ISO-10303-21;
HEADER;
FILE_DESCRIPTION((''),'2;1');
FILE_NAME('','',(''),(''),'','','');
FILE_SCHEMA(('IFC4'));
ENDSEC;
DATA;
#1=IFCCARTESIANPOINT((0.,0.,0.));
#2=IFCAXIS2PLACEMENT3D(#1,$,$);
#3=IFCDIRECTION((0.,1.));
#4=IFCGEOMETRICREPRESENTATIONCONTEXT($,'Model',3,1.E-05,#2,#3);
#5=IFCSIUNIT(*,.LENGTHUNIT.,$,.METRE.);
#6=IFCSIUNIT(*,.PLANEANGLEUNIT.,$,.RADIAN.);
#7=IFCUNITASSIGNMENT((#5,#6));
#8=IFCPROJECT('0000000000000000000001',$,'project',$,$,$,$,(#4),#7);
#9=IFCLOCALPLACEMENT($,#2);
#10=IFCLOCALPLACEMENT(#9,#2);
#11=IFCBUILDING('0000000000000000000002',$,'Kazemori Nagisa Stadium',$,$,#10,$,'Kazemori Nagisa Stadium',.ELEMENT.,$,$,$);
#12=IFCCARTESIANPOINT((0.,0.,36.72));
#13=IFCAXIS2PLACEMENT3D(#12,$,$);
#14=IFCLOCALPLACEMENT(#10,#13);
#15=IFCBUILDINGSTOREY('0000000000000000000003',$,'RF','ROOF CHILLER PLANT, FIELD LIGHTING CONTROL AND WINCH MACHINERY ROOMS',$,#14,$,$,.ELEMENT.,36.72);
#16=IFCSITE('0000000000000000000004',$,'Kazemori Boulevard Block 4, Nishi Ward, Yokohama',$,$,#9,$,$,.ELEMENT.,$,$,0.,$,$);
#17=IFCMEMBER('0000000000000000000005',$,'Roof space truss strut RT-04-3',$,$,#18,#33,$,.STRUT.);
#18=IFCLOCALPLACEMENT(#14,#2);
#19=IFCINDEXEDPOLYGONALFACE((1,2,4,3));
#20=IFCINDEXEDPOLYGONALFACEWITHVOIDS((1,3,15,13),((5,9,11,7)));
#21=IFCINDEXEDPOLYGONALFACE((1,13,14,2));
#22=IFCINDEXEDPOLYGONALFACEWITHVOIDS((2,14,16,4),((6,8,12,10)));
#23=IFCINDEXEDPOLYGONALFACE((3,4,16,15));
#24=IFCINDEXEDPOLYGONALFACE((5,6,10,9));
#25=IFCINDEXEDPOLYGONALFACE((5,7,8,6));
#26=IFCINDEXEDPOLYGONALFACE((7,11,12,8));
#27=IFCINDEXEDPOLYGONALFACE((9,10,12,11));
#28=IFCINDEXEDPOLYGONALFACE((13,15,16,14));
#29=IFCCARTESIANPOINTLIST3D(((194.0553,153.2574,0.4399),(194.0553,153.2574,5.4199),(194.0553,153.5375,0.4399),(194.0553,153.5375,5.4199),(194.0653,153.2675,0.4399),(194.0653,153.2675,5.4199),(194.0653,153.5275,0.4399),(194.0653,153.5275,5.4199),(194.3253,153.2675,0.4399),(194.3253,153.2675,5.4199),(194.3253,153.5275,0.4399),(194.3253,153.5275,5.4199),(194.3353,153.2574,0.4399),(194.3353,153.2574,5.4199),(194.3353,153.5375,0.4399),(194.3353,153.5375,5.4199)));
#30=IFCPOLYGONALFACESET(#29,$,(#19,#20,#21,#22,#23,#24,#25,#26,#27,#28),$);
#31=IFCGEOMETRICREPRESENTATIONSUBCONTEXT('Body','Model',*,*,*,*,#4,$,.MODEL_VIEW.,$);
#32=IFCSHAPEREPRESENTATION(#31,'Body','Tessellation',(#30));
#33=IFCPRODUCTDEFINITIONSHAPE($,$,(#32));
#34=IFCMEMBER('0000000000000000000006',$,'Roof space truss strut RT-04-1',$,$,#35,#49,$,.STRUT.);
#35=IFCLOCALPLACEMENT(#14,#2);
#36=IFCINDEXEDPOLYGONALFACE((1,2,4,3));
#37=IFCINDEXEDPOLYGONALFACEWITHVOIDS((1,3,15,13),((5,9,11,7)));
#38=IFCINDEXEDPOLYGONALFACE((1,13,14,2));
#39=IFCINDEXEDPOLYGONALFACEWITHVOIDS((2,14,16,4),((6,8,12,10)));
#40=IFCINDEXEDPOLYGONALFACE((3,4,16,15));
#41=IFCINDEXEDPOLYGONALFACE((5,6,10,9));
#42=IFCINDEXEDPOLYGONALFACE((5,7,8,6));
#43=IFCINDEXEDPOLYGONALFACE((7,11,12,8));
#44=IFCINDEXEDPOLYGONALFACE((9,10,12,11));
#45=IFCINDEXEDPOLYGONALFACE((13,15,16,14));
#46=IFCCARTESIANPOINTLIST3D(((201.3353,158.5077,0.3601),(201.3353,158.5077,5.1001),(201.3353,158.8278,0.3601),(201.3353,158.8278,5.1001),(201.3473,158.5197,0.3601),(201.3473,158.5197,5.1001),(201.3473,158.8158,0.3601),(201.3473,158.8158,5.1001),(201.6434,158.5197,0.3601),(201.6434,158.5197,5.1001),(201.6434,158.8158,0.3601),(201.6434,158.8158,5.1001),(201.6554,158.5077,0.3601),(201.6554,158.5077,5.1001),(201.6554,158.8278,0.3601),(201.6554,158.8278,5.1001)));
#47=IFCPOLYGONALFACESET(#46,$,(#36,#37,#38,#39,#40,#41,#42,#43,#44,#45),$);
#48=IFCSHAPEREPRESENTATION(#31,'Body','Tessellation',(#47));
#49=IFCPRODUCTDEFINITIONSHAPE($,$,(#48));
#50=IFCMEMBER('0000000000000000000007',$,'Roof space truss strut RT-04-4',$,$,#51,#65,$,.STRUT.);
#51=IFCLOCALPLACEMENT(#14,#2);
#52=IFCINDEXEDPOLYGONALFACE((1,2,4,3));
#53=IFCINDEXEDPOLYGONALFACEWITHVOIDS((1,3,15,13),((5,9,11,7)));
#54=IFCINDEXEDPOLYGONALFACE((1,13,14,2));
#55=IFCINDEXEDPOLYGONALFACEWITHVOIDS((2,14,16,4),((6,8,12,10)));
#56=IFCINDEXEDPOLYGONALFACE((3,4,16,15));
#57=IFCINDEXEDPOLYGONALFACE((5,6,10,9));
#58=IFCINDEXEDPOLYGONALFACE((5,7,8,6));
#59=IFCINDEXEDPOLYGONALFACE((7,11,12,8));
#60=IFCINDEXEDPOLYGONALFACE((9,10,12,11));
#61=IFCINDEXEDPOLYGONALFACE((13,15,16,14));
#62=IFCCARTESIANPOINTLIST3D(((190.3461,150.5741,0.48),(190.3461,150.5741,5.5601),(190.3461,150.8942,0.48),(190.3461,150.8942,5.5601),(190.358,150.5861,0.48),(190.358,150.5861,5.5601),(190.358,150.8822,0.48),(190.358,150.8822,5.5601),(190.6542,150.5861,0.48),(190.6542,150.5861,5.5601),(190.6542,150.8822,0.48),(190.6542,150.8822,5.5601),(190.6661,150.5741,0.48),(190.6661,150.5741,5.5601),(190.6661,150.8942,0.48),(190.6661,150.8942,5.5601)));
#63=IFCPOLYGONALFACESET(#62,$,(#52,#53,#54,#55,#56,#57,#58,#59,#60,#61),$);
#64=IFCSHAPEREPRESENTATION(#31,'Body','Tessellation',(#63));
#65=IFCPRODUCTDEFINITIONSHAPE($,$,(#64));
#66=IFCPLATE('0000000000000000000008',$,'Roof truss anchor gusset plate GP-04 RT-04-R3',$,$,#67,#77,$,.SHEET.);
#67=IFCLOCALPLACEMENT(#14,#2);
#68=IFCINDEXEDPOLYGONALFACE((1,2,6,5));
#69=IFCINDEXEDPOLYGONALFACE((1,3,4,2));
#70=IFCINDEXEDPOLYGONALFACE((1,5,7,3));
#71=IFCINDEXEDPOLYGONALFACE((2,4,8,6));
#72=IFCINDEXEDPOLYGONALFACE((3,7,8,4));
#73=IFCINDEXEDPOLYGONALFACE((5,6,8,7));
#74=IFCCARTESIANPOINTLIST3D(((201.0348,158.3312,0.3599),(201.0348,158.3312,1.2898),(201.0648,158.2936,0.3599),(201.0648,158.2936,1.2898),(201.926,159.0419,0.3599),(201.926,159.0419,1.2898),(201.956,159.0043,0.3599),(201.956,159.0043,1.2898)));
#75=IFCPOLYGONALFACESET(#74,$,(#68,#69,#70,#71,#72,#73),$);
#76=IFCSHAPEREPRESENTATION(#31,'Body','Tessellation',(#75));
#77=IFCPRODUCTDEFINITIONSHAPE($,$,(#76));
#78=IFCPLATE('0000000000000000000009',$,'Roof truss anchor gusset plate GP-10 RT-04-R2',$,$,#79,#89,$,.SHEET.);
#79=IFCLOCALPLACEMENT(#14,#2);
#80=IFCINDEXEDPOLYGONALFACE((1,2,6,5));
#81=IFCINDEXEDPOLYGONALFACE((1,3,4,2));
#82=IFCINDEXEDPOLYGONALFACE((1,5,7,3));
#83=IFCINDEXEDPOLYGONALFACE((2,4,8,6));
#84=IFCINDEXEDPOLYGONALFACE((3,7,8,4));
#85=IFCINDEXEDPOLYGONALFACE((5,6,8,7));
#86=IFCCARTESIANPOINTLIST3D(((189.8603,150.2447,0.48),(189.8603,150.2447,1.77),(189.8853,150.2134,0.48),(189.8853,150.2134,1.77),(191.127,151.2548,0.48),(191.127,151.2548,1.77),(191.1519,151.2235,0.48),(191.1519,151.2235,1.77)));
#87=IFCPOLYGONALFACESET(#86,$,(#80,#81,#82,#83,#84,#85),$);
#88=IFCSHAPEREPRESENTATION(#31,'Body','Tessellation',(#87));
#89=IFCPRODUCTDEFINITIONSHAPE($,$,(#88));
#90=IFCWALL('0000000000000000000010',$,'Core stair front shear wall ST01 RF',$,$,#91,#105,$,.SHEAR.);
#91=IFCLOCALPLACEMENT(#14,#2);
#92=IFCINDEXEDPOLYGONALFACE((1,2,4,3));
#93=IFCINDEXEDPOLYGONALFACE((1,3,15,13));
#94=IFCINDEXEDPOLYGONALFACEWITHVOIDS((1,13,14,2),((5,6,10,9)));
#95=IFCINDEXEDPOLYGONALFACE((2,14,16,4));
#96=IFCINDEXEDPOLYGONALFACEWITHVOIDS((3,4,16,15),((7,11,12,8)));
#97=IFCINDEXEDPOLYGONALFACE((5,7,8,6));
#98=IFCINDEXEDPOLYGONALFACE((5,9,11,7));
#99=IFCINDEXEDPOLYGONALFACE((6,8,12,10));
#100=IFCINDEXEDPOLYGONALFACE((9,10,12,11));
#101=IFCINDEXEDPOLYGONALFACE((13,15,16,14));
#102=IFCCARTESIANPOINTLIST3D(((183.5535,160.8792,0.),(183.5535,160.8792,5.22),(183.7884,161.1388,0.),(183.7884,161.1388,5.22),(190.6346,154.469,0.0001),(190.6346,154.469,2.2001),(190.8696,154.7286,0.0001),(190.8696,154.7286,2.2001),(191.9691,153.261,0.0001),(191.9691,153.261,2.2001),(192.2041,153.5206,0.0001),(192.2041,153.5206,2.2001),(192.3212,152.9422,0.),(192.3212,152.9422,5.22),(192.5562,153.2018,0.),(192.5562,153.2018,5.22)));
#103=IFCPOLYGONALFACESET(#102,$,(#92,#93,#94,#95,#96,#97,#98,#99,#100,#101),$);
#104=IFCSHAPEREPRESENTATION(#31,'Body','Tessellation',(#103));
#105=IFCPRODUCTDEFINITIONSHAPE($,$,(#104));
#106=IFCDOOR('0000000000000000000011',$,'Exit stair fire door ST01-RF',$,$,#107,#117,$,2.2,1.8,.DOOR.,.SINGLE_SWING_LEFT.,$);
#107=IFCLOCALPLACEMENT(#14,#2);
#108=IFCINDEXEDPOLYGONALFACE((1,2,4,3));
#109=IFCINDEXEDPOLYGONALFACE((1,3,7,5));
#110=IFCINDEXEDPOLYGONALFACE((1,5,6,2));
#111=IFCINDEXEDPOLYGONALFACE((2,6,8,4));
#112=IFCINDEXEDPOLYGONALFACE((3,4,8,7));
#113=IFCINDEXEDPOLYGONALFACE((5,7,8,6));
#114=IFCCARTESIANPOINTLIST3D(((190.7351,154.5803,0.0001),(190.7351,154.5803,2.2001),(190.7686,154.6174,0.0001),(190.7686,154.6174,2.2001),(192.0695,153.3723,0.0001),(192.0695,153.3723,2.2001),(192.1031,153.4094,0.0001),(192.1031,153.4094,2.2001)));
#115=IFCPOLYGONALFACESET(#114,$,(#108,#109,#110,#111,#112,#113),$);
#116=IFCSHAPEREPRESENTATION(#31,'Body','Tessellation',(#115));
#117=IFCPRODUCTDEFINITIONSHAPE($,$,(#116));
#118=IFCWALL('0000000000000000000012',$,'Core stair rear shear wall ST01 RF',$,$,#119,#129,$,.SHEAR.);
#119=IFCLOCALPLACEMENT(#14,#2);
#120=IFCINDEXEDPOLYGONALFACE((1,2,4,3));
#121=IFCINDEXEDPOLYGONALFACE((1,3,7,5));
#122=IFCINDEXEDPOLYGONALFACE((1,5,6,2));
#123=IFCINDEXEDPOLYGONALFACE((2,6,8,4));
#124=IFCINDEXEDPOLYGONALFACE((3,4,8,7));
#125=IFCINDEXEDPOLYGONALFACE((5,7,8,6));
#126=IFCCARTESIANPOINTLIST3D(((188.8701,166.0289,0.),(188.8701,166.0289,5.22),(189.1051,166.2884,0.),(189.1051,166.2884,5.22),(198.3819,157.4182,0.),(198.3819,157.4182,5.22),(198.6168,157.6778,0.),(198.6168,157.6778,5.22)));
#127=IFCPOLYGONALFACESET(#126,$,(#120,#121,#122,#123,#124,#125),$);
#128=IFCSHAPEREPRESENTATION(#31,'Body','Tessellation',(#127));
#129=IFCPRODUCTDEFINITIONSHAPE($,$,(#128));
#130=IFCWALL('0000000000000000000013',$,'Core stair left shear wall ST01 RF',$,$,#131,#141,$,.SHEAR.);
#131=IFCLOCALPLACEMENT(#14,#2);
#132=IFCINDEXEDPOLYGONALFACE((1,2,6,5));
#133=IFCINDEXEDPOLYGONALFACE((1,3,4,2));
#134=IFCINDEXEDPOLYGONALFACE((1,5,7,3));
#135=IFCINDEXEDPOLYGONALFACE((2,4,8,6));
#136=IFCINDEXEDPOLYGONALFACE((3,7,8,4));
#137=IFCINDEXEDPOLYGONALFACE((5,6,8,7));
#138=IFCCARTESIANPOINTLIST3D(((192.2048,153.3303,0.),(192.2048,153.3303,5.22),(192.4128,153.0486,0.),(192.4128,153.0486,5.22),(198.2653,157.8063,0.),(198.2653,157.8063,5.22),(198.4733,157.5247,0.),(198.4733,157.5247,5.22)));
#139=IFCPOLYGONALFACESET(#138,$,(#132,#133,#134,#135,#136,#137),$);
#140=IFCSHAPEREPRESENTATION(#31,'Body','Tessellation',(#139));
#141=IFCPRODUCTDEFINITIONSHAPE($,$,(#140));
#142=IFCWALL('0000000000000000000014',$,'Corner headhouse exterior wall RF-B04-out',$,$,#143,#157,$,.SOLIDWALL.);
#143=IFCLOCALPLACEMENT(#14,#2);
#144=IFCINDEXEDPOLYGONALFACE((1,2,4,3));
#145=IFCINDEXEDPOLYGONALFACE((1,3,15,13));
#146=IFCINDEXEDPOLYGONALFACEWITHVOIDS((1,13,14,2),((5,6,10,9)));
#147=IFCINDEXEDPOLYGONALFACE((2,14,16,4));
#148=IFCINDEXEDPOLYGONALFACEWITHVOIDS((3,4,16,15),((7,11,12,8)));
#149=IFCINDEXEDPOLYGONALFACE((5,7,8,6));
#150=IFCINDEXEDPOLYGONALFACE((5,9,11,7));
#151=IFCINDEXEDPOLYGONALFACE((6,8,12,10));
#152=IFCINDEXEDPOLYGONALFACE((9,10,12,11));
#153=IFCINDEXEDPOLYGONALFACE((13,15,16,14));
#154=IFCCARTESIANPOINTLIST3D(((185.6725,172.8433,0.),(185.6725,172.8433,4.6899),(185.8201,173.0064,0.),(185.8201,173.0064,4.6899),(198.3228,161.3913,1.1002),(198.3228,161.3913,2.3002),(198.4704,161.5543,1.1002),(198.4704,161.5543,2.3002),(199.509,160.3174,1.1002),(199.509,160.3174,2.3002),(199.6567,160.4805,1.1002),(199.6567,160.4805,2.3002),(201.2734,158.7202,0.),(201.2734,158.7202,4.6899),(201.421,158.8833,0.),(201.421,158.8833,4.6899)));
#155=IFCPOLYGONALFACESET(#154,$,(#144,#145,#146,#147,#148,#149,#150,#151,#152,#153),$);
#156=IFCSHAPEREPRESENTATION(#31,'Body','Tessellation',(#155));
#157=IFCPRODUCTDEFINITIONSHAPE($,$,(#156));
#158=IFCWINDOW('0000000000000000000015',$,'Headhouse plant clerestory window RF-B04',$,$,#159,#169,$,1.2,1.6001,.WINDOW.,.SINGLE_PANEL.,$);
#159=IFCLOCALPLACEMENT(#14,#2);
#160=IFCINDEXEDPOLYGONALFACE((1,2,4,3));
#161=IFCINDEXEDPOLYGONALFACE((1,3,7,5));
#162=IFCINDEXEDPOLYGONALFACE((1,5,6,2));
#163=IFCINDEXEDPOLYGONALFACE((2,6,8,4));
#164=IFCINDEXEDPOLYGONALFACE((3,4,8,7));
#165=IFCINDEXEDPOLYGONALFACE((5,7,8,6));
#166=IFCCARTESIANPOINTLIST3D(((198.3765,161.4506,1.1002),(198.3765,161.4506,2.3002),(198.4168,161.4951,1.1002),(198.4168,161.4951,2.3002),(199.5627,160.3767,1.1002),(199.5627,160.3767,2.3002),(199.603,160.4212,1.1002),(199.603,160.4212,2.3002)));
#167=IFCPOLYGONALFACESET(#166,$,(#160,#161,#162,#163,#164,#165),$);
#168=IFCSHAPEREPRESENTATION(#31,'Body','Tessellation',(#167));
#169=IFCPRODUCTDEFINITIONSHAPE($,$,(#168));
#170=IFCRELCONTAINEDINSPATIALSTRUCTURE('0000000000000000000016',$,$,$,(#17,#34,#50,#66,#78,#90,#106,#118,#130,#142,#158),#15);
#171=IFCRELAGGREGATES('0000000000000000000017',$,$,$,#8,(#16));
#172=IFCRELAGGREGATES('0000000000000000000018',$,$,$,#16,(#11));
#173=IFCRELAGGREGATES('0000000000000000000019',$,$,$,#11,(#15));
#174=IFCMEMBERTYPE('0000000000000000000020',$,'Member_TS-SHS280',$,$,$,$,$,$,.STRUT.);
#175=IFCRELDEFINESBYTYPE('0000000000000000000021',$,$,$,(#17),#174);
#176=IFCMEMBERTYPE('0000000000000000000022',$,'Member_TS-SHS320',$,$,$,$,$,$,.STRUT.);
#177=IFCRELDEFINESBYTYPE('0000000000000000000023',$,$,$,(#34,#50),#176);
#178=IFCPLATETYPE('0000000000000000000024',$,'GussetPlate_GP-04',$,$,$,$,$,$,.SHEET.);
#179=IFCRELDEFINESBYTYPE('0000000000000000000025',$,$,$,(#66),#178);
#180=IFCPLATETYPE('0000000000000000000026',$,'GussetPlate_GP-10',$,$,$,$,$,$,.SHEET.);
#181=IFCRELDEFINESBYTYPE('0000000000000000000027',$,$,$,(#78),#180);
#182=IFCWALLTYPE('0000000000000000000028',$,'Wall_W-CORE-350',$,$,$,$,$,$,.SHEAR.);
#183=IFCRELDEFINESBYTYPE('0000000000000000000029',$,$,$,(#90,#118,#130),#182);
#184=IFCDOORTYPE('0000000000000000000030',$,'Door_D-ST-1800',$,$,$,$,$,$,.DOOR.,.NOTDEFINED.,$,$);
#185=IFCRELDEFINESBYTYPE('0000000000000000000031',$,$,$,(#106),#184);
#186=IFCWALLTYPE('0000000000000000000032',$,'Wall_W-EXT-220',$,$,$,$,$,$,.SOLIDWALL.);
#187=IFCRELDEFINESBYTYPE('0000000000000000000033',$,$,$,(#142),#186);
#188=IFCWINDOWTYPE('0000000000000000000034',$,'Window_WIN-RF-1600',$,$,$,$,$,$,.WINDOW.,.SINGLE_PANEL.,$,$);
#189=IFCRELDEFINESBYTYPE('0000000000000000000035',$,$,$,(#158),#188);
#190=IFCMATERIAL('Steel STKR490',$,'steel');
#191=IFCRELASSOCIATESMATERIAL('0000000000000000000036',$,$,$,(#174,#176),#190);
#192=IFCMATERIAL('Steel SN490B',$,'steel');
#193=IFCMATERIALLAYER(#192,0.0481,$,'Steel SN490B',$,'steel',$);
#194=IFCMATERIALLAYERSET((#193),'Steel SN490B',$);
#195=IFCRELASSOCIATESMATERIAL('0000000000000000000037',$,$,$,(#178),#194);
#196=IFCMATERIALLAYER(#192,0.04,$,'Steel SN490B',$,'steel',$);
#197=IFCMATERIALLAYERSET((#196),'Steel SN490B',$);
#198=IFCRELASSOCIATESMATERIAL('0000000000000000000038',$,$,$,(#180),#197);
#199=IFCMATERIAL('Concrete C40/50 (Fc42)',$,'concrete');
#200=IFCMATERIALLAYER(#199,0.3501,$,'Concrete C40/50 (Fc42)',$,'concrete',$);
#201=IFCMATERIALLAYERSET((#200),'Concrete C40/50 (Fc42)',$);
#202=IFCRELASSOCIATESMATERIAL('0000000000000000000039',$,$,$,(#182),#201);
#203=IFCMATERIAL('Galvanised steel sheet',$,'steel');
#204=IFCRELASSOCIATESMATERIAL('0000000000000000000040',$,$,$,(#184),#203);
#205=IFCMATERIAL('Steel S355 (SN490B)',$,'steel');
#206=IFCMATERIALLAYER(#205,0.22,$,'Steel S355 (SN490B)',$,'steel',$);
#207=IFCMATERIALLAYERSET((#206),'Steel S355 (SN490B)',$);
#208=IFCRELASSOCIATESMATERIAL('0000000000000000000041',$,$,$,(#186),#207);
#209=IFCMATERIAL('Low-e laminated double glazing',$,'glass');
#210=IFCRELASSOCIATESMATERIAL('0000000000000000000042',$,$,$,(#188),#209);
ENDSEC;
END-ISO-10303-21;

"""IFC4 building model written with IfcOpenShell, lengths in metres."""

from ifc_helpers import new_model, si_unit, direction, frame, frame_2d, origin, origin_2d, place, context, subcontext, project, spatial, rectangle, hollow_rectangle, extrude, material, layer, layer_set, material_profile, profile_set, type_object, element, fill, save


model = new_model("IFC4")

# Units and contexts
model_context = context("Model", 3, precision=1e-05, world=origin(), true_north=direction((0.0, 1.0)))
body_context = subcontext(model_context, "Body", "Model", "MODEL_VIEW")
ifc_project = project(units=[si_unit("LENGTHUNIT", "METRE"), si_unit("PLANEANGLEUNIT", "RADIAN")], contexts=[model_context])

# Site, building, storey
site_placement = place(None, origin())
site = spatial("IfcSite", under=ifc_project, at=site_placement, Name="Kazemori Boulevard Block 4, Nishi Ward, Yokohama", CompositionType="ELEMENT", RefElevation=0.0)
building_placement = place(site_placement, origin())
building = spatial("IfcBuilding", under=site, at=building_placement, Name="Kazemori Nagisa Stadium", LongName="Kazemori Nagisa Stadium", CompositionType="ELEMENT")
storey_placement = place(building_placement, frame((0.0, 0.0, 36.72)))
storey = spatial("IfcBuildingStorey", under=building, at=storey_placement, Name="RF", Description="ROOF CHILLER PLANT, FIELD LIGHTING CONTROL AND WINCH MACHINERY ROOMS", CompositionType="ELEMENT", Elevation=36.72)

# Shared definitions
ifc_material_1 = material(Name="Steel SN490B", Category="steel")

# Members
ifc_material_2 = material(Name="Steel STKR490", Category="steel")
ifc_material_profile_1 = material_profile(ifc_material_2, hollow_rectangle(XDim=0.28, YDim=0.28, WallThickness=0.01, at=origin_2d()), Name="SHS-280x280x10")
ifc_profile_set_1 = profile_set([ifc_material_profile_1], Name="Steel STKR490")
member_type_1 = type_object("IfcMemberType", Name="Member_TS-SHS280", PredefinedType="STRUT", material=ifc_profile_set_1)
member_1_placement = place(storey_placement, frame((194.1953, 153.3975, 0.4399), z_axis=(0.0, 0.0, 1.0), x_axis=(1.0, 0.0, 0.0)))
element("IfcMember", 1, at=member_1_placement, inside=storey, type_object=member_type_1, Name="Roof space truss strut RT-04-3", PredefinedType="STRUT", context=body_context, shape_type="SweptSolid", body=[
    extrude(hollow_rectangle(XDim=0.28, YDim=0.28, WallThickness=0.01, at=origin_2d()), origin(), (0.0, 0.0, 1.0), 4.98),
])
ifc_material_profile_2 = material_profile(ifc_material_2, hollow_rectangle(XDim=0.3201, YDim=0.3201, WallThickness=0.012, at=origin_2d()), Name="SHS-320x320x12")
ifc_profile_set_2 = profile_set([ifc_material_profile_2], Name="Steel STKR490")
member_type_2 = type_object("IfcMemberType", Name="Member_TS-SHS320", PredefinedType="STRUT", material=ifc_profile_set_2)
member_2_placement = place(storey_placement, frame((201.4954, 158.6677, 0.3601), z_axis=(0.0, 0.0, 1.0), x_axis=(1.0, 0.0, 0.0)))
element("IfcMember", 2, at=member_2_placement, inside=storey, type_object=member_type_2, Name="Roof space truss strut RT-04-1", PredefinedType="STRUT", context=body_context, shape_type="SweptSolid", body=[
    extrude(hollow_rectangle(XDim=0.3201, YDim=0.3201, WallThickness=0.012, at=origin_2d()), origin(), (0.0, 0.0, 1.0), 4.74),
])
member_3_placement = place(storey_placement, frame((190.5061, 150.7341, 0.48), z_axis=(0.0, 0.0, 1.0), x_axis=(1.0, 0.0, 0.0)))
element("IfcMember", 3, at=member_3_placement, inside=storey, type_object=member_type_2, Name="Roof space truss strut RT-04-4", PredefinedType="STRUT", context=body_context, shape_type="SweptSolid", body=[
    extrude(hollow_rectangle(XDim=0.3201, YDim=0.3201, WallThickness=0.012, at=origin_2d()), origin(), (0.0, 0.0, 1.0), 5.0801),
])

# Plates
ifc_layer_1 = layer(ifc_material_1, 0.0481, Name="Steel SN490B", Category="steel")
ifc_layer_set_1 = layer_set([ifc_layer_1], Name="Steel SN490B")
plate_type_1 = type_object("IfcPlateType", Name="GussetPlate_GP-04", PredefinedType="SHEET", material=ifc_layer_set_1)
plate_1_placement = place(storey_placement, frame((201.4954, 158.6677, 0.3599), z_axis=(0.0, 0.0, 1.0), x_axis=(0.781831, 0.62349, 0.0)))
element("IfcPlate", 4, at=plate_1_placement, inside=storey, type_object=plate_type_1, Name="Roof truss anchor gusset plate GP-04 RT-04-R3", PredefinedType="SHEET", context=body_context, shape_type="SweptSolid", body=[
    extrude(rectangle(XDim=1.1399, YDim=0.0481, at=origin_2d()), origin(), (0.0, 0.0, 1.0), 0.9299),
])
ifc_layer_2 = layer(ifc_material_1, 0.04, Name="Steel SN490B", Category="steel")
ifc_layer_set_2 = layer_set([ifc_layer_2], Name="Steel SN490B")
plate_type_2 = type_object("IfcPlateType", Name="GussetPlate_GP-10", PredefinedType="SHEET", material=ifc_layer_set_2)
plate_2_placement = place(storey_placement, frame((190.5061, 150.7341, 0.48), z_axis=(0.0, 0.0, 1.0), x_axis=(0.781831, 0.62349, 0.0)))
element("IfcPlate", 5, at=plate_2_placement, inside=storey, type_object=plate_type_2, Name="Roof truss anchor gusset plate GP-10 RT-04-R2", PredefinedType="SHEET", context=body_context, shape_type="SweptSolid", body=[
    extrude(rectangle(XDim=1.6201, YDim=0.04, at=origin_2d()), origin(), (0.0, 0.0, 1.0), 1.29),
])

# Wall, opening, door
ifc_material_3 = material(Name="Concrete C40/50 (Fc42)", Category="concrete")
ifc_layer_3 = layer(ifc_material_3, 0.3501, Name="Concrete C40/50 (Fc42)", Category="concrete")
ifc_layer_set_3 = layer_set([ifc_layer_3], Name="Concrete C40/50 (Fc42)")
wall_type_1 = type_object("IfcWallType", Name="Wall_W-CORE-350", PredefinedType="SHEAR", material=ifc_layer_set_3)
wall_1_placement = place(storey_placement, frame((192.4387, 153.072, 0.0), z_axis=(0.0, 0.0, 1.0), x_axis=(-0.741358, 0.67111, 0.0)))
wall_1 = element("IfcWall", 6, at=wall_1_placement, inside=storey, type_object=wall_type_1, Name="Core stair front shear wall ST01 RF", PredefinedType="SHEAR", context=body_context, shape_type="SweptSolid", body=[
    extrude(rectangle(XDim=11.8267, YDim=0.3501, at=frame_2d((5.9133, 0.0))), origin(), (0.0, 0.0, 1.0), 5.22),
])
opening_1_placement = place(wall_1_placement, frame((0.4751, 0.0, 0.0)))
opening_1 = element("IfcOpeningElement", 7, at=opening_1_placement, cuts=wall_1, PredefinedType="OPENING", context=body_context, shape_type="SweptSolid", body=[
    extrude(rectangle(XDim=1.8, YDim=2.2, at=frame_2d((0.8999, 1.1001))), frame((0.0, 0.1851, 0.0), z_axis=(0.0, -1.0, 0.0), x_axis=(1.0, 0.0, 0.0)), (0.0, 0.0, 1.0), 0.3701),
])
ifc_material_4 = material(Name="Galvanised steel sheet", Category="steel")
door_type = type_object("IfcDoorType", Name="Door_D-ST-1800", OperationType="NOTDEFINED", PredefinedType="DOOR", material=ifc_material_4)
door_placement = place(opening_1_placement, frame((1.8, 0.0, 0.0), z_axis=(0.0, 0.0, 1.0), x_axis=(-1.0, 0.0, 0.0)))
door = element("IfcDoor", 8, at=door_placement, inside=storey, type_object=door_type, Name="Exit stair fire door ST01-RF", OperationType="SINGLE_SWING_LEFT", OverallHeight=2.2, OverallWidth=1.8, PredefinedType="DOOR", context=body_context, shape_type="SweptSolid", body=[
    extrude(rectangle(XDim=1.8, YDim=2.2, at=frame_2d((0.8999, 1.1001))), frame((0.0, 0.0249, 0.0), z_axis=(0.0, -1.0, 0.0), x_axis=(1.0, 0.0, 0.0)), (0.0, 0.0, 1.0), 0.05),
])
fill(opening_1, door)

# Walls
wall_2_placement = place(storey_placement, frame((198.4993, 157.5481, 0.0), z_axis=(0.0, 0.0, 1.0), x_axis=(-0.741351, 0.671117, 0.0)))
element("IfcWall", 9, at=wall_2_placement, inside=storey, type_object=wall_type_1, Name="Core stair rear shear wall ST01 RF", PredefinedType="SHEAR", context=body_context, shape_type="SweptSolid", body=[
    extrude(rectangle(XDim=12.8303, YDim=0.3501, at=frame_2d((6.415, 0.0))), origin(), (0.0, 0.0, 1.0), 5.22),
])
wall_3_placement = place(storey_placement, frame((192.3088, 153.1895, 0.0), z_axis=(0.0, 0.0, 1.0), x_axis=(0.804396, 0.594094, 0.0)))
element("IfcWall", 10, at=wall_3_placement, inside=storey, type_object=wall_type_1, Name="Core stair left shear wall ST01 RF", PredefinedType="SHEAR", context=body_context, shape_type="SweptSolid", body=[
    extrude(rectangle(XDim=7.5342, YDim=0.3501, at=frame_2d((3.7671, 0.0))), origin(), (0.0, 0.0, 1.0), 5.22),
])

# Wall, opening, window
ifc_material_5 = material(Name="Steel S355 (SN490B)", Category="steel")
ifc_layer_4 = layer(ifc_material_5, 0.22, Name="Steel S355 (SN490B)", Category="steel")
ifc_layer_set_4 = layer_set([ifc_layer_4], Name="Steel S355 (SN490B)")
wall_type_2 = type_object("IfcWallType", Name="Wall_W-EXT-220", PredefinedType="SOLIDWALL", material=ifc_layer_set_4)
wall_4_placement = place(storey_placement, frame((201.3472, 158.8018, 0.0), z_axis=(0.0, 0.0, 1.0), x_axis=(-0.741346, 0.671123, 0.0)))
wall_4 = element("IfcWall", 11, at=wall_4_placement, inside=storey, type_object=wall_type_2, Name="Corner headhouse exterior wall RF-B04-out", PredefinedType="SOLIDWALL", context=body_context, shape_type="SweptSolid", body=[
    extrude(rectangle(XDim=21.0439, YDim=0.22, at=frame_2d((10.522, 0.0))), origin(), (0.0, 0.0, 1.0), 4.6899),
])
opening_2_placement = place(wall_4_placement, frame((2.3799, 0.0, 1.1001)))
opening_2 = element("IfcOpeningElement", 12, at=opening_2_placement, cuts=wall_4, PredefinedType="OPENING", context=body_context, shape_type="SweptSolid", body=[
    extrude(rectangle(XDim=1.6001, YDim=1.2, at=frame_2d((0.8, 0.6001))), frame((0.0, 0.1199, 0.0), z_axis=(0.0, -1.0, 0.0), x_axis=(1.0, 0.0, 0.0)), (0.0, 0.0, 1.0), 0.24),
])
ifc_material_6 = material(Name="Low-e laminated double glazing", Category="glass")
window_type = type_object("IfcWindowType", Name="Window_WIN-RF-1600", PartitioningType="SINGLE_PANEL", PredefinedType="WINDOW", material=ifc_material_6)
window_placement = place(opening_2_placement, origin())
window = element("IfcWindow", 13, at=window_placement, inside=storey, type_object=window_type, Name="Headhouse plant clerestory window RF-B04", OverallHeight=1.2, OverallWidth=1.6001, PartitioningType="SINGLE_PANEL", PredefinedType="WINDOW", context=body_context, shape_type="SweptSolid", body=[
    extrude(rectangle(XDim=1.6001, YDim=1.2, at=frame_2d((0.8, 0.6001))), frame((0.0, 0.03, 0.0), z_axis=(0.0, -1.0, 0.0), x_axis=(1.0, 0.0, 0.0)), (0.0, 0.0, 1.0), 0.0601),
])
fill(opening_2, window)

save(model, "model.ifc")
